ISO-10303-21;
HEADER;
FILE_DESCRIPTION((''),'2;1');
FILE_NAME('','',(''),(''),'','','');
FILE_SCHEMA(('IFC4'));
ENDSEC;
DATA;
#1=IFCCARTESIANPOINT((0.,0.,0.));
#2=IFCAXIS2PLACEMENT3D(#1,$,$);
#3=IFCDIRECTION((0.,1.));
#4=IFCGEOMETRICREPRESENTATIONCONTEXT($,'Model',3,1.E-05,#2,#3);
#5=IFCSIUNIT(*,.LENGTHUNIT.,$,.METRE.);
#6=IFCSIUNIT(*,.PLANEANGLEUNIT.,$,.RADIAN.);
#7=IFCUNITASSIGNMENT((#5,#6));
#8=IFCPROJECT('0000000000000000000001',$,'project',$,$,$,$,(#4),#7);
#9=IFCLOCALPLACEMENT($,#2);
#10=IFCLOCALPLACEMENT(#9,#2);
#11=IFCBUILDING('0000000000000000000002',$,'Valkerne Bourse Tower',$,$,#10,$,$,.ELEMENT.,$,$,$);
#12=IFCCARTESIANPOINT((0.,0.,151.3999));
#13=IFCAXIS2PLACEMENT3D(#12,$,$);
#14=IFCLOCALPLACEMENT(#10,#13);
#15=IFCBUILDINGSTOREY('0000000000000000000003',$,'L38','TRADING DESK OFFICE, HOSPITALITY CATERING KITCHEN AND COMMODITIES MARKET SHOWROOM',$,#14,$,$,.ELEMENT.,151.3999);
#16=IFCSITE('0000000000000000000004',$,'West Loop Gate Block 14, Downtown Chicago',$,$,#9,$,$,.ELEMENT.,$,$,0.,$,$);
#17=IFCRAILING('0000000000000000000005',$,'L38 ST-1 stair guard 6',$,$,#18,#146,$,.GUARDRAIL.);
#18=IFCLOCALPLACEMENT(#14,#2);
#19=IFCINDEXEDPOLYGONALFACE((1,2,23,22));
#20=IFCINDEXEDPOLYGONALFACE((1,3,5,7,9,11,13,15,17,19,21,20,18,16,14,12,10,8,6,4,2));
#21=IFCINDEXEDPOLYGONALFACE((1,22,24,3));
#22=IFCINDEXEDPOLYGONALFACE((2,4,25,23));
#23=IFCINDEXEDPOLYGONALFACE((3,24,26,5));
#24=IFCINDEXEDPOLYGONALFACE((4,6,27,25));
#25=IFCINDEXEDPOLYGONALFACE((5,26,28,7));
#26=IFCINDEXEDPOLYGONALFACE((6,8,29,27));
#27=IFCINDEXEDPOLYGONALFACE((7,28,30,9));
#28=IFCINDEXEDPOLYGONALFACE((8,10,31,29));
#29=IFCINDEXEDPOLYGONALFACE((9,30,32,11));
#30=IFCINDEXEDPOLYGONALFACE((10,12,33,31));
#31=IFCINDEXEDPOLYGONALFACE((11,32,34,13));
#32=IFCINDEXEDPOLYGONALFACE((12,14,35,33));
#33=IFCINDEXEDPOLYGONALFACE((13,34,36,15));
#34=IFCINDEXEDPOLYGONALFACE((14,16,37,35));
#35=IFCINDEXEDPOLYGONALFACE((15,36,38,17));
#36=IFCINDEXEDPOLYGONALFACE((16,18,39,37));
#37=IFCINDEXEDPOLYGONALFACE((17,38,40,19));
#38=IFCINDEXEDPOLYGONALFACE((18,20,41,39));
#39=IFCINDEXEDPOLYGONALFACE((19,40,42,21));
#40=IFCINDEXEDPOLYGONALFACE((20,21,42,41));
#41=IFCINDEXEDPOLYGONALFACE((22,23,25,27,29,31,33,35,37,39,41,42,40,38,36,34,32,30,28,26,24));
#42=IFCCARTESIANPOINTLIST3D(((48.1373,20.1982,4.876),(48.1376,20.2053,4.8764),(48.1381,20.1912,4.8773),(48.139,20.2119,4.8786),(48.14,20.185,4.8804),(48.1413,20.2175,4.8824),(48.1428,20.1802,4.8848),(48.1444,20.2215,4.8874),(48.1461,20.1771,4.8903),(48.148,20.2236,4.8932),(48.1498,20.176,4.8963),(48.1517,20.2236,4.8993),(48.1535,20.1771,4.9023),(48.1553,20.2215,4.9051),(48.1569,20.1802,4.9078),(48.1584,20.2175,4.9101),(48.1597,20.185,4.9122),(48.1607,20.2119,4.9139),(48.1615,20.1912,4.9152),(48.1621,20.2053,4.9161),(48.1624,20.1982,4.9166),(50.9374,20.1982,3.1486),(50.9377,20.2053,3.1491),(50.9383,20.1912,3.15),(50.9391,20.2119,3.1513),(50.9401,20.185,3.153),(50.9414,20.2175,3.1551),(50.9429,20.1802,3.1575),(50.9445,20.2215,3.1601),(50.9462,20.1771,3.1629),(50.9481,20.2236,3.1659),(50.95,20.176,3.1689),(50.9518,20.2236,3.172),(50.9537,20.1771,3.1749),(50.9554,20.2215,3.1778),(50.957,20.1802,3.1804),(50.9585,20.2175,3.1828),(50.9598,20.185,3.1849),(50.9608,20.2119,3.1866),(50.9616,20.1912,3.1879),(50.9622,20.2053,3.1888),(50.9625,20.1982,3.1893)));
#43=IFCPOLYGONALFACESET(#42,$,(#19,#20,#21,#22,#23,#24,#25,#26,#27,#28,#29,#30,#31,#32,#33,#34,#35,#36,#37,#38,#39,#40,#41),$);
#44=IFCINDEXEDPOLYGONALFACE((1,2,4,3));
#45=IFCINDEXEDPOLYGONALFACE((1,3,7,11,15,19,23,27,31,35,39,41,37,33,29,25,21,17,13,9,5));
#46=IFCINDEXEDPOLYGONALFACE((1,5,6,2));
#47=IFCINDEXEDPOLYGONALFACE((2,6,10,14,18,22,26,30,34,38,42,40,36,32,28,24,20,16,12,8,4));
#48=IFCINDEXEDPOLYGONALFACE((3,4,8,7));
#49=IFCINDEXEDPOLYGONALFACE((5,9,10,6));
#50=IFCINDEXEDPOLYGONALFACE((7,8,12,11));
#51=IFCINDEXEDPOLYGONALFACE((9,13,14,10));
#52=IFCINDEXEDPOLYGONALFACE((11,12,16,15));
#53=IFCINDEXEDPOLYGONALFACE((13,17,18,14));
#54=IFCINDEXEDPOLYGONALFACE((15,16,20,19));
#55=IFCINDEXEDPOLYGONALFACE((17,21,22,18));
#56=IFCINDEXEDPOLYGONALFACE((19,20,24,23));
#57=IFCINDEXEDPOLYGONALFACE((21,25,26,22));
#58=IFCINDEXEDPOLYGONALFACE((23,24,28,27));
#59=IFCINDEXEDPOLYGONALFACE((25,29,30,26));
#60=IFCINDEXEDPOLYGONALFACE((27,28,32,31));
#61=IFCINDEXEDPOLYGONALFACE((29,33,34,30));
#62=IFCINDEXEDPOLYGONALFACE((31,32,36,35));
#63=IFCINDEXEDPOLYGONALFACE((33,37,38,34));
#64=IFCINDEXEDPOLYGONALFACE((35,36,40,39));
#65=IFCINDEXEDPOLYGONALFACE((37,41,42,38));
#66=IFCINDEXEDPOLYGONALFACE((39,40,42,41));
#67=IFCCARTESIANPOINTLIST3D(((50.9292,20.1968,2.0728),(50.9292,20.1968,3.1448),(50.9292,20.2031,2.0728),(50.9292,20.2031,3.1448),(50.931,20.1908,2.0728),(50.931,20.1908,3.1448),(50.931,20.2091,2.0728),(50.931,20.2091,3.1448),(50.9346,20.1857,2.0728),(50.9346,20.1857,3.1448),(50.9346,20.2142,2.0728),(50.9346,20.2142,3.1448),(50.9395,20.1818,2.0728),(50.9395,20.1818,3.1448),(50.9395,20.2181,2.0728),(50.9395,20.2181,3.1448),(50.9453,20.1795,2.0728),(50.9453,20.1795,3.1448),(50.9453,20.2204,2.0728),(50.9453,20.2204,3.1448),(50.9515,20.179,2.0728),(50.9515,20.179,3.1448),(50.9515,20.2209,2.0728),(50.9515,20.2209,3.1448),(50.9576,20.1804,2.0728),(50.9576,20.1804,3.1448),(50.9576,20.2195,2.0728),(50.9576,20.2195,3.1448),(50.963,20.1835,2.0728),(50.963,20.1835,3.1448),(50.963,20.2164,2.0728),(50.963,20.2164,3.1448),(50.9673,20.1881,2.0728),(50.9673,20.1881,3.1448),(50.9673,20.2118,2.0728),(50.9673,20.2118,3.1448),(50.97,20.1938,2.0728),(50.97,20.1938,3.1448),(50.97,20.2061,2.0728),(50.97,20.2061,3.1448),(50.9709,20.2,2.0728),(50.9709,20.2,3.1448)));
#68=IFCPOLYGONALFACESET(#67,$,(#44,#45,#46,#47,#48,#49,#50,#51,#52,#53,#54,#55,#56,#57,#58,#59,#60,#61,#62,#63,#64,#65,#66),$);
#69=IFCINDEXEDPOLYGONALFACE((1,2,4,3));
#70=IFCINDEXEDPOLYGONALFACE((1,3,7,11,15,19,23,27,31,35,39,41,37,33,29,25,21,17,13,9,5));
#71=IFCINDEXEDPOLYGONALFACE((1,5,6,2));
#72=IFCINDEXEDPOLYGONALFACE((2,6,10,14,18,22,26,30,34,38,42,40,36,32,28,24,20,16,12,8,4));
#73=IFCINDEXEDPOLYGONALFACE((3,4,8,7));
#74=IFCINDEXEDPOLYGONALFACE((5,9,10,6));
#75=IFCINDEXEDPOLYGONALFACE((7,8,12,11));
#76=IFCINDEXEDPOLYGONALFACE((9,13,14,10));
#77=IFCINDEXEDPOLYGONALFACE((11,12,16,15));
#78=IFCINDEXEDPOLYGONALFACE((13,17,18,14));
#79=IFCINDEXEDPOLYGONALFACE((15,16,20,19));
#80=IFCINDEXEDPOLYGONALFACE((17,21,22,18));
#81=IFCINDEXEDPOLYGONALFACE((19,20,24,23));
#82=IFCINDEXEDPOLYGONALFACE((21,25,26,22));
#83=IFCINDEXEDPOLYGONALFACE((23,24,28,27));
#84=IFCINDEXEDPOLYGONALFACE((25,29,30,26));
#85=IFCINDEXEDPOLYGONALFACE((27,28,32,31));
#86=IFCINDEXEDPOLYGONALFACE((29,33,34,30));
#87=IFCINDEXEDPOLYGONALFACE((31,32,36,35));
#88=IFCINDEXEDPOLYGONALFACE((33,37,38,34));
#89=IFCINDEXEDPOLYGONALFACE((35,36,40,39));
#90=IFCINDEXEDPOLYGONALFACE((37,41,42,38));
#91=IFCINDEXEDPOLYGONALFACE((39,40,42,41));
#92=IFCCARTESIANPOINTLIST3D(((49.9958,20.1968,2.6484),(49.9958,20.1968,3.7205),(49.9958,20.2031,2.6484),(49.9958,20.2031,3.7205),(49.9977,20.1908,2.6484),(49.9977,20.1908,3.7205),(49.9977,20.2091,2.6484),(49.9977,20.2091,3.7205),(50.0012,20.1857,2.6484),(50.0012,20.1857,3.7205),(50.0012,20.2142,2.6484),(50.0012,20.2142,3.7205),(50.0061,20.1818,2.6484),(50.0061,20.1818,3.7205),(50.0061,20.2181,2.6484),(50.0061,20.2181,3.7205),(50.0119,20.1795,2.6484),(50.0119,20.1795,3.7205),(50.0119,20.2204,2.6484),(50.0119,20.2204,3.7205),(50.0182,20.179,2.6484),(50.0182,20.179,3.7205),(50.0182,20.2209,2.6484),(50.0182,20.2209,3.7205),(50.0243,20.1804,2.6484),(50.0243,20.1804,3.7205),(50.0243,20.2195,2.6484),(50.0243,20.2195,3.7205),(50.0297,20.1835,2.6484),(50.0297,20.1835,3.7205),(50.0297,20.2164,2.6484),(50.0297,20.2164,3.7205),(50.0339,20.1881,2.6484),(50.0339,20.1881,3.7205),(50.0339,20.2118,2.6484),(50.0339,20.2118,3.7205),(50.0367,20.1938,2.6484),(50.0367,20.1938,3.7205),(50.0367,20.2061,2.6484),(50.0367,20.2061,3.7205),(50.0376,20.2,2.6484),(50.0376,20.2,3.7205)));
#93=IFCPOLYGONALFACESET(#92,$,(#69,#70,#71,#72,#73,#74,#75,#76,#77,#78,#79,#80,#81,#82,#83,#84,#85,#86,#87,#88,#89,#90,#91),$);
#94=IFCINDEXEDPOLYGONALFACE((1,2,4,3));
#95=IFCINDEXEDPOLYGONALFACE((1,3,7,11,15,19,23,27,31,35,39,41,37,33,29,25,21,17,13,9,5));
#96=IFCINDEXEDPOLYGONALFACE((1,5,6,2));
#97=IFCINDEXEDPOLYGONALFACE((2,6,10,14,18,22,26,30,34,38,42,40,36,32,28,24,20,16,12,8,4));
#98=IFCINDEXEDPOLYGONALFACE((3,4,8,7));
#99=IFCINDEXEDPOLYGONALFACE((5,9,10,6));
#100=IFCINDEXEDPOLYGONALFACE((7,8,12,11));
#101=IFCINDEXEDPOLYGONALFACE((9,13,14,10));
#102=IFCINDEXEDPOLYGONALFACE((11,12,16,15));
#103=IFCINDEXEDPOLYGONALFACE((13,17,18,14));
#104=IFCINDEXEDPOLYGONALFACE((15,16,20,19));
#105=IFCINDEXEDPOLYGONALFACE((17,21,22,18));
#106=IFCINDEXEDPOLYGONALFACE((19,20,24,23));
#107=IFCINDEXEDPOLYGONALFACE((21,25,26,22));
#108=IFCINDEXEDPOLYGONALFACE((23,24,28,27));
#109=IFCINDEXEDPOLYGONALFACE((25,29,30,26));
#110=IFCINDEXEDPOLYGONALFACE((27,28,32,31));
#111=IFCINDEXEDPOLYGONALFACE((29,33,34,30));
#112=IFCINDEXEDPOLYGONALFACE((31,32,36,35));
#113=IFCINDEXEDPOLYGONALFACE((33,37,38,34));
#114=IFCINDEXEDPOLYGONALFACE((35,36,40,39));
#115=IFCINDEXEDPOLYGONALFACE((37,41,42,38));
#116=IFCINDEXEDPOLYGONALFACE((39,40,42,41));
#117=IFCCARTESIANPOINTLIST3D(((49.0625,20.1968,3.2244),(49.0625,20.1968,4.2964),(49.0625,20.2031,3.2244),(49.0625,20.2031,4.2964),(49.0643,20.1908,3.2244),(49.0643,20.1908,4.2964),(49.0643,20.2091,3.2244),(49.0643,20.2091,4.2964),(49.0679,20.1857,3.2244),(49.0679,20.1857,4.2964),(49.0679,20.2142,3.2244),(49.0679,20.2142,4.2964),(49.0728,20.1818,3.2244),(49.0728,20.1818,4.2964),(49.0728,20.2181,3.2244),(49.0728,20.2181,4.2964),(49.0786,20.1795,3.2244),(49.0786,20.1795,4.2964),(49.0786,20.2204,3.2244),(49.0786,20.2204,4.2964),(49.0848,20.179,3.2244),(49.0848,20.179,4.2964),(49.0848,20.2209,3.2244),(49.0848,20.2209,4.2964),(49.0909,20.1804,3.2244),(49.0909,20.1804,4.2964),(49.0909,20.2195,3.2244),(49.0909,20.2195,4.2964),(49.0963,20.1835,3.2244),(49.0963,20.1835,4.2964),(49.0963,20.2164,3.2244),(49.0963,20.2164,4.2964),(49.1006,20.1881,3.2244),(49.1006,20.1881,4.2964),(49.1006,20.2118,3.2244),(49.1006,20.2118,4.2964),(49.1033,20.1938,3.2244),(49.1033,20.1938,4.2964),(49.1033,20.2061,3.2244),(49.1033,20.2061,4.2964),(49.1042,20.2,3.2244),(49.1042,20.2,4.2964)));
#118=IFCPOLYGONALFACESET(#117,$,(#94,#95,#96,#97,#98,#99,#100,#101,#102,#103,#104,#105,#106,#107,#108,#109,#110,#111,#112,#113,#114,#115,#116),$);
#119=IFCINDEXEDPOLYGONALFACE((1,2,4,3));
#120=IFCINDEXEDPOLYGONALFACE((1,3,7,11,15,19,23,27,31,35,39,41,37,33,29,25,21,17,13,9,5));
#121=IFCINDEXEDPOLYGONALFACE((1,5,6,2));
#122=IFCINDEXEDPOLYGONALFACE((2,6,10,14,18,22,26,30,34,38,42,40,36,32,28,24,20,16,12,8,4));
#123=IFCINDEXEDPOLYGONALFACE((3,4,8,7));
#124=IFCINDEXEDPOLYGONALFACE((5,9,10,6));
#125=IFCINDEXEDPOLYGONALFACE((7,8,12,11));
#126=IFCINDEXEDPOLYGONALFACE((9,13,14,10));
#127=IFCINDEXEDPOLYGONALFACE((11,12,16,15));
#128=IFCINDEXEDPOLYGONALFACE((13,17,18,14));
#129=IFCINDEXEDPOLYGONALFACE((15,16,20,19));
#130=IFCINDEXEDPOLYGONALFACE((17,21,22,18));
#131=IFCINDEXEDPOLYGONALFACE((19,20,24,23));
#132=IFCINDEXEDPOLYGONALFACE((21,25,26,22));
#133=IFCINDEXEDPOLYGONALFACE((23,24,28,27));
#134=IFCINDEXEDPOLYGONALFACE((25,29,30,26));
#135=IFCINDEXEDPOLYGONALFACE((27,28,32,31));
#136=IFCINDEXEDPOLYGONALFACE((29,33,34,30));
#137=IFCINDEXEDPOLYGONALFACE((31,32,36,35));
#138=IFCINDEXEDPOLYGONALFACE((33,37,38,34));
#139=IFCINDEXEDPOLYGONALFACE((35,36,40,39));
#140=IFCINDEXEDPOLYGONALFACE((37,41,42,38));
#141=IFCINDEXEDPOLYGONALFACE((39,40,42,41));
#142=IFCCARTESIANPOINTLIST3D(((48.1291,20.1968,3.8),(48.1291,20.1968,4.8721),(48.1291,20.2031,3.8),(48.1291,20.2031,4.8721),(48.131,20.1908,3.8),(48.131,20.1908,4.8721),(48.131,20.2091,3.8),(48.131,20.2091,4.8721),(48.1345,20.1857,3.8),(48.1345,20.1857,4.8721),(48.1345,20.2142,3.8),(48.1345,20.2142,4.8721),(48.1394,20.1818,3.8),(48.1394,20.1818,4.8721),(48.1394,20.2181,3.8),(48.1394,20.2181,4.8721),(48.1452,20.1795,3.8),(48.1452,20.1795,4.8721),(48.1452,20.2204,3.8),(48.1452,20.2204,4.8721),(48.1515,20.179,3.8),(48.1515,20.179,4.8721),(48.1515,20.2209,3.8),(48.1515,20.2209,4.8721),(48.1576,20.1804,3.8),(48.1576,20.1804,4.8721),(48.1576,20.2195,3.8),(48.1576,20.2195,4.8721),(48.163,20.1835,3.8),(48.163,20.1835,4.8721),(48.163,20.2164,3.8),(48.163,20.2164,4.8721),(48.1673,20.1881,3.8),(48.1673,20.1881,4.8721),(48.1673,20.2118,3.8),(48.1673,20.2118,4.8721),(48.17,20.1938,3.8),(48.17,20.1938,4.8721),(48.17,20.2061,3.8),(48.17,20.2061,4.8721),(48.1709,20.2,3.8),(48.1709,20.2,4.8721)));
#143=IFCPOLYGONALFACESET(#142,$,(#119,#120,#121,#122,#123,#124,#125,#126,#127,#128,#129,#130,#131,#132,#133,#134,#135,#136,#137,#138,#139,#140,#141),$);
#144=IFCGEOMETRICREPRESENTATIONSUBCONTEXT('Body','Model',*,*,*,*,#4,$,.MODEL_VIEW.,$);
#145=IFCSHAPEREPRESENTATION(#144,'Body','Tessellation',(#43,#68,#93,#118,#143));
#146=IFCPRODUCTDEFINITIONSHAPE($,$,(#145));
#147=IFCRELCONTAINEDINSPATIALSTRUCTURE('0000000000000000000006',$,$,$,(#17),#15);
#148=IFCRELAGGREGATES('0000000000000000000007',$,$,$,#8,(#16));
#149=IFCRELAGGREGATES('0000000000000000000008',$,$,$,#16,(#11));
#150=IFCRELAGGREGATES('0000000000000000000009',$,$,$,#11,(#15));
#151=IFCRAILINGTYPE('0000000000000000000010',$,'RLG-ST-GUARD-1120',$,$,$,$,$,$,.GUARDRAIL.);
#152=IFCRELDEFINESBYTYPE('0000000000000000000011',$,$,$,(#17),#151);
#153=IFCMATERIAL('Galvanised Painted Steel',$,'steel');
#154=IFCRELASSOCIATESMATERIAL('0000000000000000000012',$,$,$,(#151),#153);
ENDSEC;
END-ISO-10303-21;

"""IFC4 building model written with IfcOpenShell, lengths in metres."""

from ifc_helpers import new_model, si_unit, direction, frame, origin, origin_2d, place, context, subcontext, project, spatial, circle, extrude, material, type_object, element, save


model = new_model("IFC4")

# Units and contexts
model_context = context("Model", 3, precision=1e-05, world=origin(), true_north=direction((0.0, 1.0)))
body_context = subcontext(model_context, "Body", "Model", "MODEL_VIEW")
ifc_project = project(units=[si_unit("LENGTHUNIT", "METRE"), si_unit("PLANEANGLEUNIT", "RADIAN")], contexts=[model_context])

# Site, building, storey
site_placement = place(None, origin())
site = spatial("IfcSite", under=ifc_project, at=site_placement, Name="West Loop Gate Block 14, Downtown Chicago", CompositionType="ELEMENT", RefElevation=0.0)
building_placement = place(site_placement, origin())
building = spatial("IfcBuilding", under=site, at=building_placement, Name="Valkerne Bourse Tower", CompositionType="ELEMENT")
storey_placement = place(building_placement, frame((0.0, 0.0, 151.3999)))
storey = spatial("IfcBuildingStorey", under=building, at=storey_placement, Name="L38", Description="TRADING DESK OFFICE, HOSPITALITY CATERING KITCHEN AND COMMODITIES MARKET SHOWROOM", CompositionType="ELEMENT", Elevation=151.3999)

# Shared definitions
ifc_material_1 = material(Name="Galvanised Painted Steel", Category="steel")

# Railing
railing_type_1 = type_object("IfcRailingType", Name="RLG-ST-GUARD-1120", PredefinedType="GUARDRAIL", material=ifc_material_1)
railing_1_placement = place(storey_placement, frame((50.95, 20.2, 2.0728)))
element("IfcRailing", 1, at=railing_1_placement, inside=storey, type_object=railing_type_1, Name="L38 ST-1 stair guard 6", PredefinedType="GUARDRAIL", context=body_context, shape_type="SweptSolid", body=[
    extrude(circle(Radius=0.0239, at=origin_2d()), frame((0.0, 0.0, 1.0962), z_axis=(-0.85109, 0.0, 0.52502), x_axis=(0.0, -1.0, 0.0)), (0.0, 0.0, 1.0), 3.29),
    extrude(circle(Radius=0.021, at=origin_2d()), origin(), (0.0, 0.0, 1.0), 1.072),
    extrude(circle(Radius=0.021, at=origin_2d()), frame((-0.9333, 0.0, 0.5757)), (0.0, 0.0, 1.0), 1.072),
    extrude(circle(Radius=0.021, at=origin_2d()), frame((-1.8667, 0.0, 1.1516)), (0.0, 0.0, 1.0), 1.072),
    extrude(circle(Radius=0.021, at=origin_2d()), frame((-2.8, 0.0, 1.7273)), (0.0, 0.0, 1.0), 1.072),
])

save(model, "model.ifc")
